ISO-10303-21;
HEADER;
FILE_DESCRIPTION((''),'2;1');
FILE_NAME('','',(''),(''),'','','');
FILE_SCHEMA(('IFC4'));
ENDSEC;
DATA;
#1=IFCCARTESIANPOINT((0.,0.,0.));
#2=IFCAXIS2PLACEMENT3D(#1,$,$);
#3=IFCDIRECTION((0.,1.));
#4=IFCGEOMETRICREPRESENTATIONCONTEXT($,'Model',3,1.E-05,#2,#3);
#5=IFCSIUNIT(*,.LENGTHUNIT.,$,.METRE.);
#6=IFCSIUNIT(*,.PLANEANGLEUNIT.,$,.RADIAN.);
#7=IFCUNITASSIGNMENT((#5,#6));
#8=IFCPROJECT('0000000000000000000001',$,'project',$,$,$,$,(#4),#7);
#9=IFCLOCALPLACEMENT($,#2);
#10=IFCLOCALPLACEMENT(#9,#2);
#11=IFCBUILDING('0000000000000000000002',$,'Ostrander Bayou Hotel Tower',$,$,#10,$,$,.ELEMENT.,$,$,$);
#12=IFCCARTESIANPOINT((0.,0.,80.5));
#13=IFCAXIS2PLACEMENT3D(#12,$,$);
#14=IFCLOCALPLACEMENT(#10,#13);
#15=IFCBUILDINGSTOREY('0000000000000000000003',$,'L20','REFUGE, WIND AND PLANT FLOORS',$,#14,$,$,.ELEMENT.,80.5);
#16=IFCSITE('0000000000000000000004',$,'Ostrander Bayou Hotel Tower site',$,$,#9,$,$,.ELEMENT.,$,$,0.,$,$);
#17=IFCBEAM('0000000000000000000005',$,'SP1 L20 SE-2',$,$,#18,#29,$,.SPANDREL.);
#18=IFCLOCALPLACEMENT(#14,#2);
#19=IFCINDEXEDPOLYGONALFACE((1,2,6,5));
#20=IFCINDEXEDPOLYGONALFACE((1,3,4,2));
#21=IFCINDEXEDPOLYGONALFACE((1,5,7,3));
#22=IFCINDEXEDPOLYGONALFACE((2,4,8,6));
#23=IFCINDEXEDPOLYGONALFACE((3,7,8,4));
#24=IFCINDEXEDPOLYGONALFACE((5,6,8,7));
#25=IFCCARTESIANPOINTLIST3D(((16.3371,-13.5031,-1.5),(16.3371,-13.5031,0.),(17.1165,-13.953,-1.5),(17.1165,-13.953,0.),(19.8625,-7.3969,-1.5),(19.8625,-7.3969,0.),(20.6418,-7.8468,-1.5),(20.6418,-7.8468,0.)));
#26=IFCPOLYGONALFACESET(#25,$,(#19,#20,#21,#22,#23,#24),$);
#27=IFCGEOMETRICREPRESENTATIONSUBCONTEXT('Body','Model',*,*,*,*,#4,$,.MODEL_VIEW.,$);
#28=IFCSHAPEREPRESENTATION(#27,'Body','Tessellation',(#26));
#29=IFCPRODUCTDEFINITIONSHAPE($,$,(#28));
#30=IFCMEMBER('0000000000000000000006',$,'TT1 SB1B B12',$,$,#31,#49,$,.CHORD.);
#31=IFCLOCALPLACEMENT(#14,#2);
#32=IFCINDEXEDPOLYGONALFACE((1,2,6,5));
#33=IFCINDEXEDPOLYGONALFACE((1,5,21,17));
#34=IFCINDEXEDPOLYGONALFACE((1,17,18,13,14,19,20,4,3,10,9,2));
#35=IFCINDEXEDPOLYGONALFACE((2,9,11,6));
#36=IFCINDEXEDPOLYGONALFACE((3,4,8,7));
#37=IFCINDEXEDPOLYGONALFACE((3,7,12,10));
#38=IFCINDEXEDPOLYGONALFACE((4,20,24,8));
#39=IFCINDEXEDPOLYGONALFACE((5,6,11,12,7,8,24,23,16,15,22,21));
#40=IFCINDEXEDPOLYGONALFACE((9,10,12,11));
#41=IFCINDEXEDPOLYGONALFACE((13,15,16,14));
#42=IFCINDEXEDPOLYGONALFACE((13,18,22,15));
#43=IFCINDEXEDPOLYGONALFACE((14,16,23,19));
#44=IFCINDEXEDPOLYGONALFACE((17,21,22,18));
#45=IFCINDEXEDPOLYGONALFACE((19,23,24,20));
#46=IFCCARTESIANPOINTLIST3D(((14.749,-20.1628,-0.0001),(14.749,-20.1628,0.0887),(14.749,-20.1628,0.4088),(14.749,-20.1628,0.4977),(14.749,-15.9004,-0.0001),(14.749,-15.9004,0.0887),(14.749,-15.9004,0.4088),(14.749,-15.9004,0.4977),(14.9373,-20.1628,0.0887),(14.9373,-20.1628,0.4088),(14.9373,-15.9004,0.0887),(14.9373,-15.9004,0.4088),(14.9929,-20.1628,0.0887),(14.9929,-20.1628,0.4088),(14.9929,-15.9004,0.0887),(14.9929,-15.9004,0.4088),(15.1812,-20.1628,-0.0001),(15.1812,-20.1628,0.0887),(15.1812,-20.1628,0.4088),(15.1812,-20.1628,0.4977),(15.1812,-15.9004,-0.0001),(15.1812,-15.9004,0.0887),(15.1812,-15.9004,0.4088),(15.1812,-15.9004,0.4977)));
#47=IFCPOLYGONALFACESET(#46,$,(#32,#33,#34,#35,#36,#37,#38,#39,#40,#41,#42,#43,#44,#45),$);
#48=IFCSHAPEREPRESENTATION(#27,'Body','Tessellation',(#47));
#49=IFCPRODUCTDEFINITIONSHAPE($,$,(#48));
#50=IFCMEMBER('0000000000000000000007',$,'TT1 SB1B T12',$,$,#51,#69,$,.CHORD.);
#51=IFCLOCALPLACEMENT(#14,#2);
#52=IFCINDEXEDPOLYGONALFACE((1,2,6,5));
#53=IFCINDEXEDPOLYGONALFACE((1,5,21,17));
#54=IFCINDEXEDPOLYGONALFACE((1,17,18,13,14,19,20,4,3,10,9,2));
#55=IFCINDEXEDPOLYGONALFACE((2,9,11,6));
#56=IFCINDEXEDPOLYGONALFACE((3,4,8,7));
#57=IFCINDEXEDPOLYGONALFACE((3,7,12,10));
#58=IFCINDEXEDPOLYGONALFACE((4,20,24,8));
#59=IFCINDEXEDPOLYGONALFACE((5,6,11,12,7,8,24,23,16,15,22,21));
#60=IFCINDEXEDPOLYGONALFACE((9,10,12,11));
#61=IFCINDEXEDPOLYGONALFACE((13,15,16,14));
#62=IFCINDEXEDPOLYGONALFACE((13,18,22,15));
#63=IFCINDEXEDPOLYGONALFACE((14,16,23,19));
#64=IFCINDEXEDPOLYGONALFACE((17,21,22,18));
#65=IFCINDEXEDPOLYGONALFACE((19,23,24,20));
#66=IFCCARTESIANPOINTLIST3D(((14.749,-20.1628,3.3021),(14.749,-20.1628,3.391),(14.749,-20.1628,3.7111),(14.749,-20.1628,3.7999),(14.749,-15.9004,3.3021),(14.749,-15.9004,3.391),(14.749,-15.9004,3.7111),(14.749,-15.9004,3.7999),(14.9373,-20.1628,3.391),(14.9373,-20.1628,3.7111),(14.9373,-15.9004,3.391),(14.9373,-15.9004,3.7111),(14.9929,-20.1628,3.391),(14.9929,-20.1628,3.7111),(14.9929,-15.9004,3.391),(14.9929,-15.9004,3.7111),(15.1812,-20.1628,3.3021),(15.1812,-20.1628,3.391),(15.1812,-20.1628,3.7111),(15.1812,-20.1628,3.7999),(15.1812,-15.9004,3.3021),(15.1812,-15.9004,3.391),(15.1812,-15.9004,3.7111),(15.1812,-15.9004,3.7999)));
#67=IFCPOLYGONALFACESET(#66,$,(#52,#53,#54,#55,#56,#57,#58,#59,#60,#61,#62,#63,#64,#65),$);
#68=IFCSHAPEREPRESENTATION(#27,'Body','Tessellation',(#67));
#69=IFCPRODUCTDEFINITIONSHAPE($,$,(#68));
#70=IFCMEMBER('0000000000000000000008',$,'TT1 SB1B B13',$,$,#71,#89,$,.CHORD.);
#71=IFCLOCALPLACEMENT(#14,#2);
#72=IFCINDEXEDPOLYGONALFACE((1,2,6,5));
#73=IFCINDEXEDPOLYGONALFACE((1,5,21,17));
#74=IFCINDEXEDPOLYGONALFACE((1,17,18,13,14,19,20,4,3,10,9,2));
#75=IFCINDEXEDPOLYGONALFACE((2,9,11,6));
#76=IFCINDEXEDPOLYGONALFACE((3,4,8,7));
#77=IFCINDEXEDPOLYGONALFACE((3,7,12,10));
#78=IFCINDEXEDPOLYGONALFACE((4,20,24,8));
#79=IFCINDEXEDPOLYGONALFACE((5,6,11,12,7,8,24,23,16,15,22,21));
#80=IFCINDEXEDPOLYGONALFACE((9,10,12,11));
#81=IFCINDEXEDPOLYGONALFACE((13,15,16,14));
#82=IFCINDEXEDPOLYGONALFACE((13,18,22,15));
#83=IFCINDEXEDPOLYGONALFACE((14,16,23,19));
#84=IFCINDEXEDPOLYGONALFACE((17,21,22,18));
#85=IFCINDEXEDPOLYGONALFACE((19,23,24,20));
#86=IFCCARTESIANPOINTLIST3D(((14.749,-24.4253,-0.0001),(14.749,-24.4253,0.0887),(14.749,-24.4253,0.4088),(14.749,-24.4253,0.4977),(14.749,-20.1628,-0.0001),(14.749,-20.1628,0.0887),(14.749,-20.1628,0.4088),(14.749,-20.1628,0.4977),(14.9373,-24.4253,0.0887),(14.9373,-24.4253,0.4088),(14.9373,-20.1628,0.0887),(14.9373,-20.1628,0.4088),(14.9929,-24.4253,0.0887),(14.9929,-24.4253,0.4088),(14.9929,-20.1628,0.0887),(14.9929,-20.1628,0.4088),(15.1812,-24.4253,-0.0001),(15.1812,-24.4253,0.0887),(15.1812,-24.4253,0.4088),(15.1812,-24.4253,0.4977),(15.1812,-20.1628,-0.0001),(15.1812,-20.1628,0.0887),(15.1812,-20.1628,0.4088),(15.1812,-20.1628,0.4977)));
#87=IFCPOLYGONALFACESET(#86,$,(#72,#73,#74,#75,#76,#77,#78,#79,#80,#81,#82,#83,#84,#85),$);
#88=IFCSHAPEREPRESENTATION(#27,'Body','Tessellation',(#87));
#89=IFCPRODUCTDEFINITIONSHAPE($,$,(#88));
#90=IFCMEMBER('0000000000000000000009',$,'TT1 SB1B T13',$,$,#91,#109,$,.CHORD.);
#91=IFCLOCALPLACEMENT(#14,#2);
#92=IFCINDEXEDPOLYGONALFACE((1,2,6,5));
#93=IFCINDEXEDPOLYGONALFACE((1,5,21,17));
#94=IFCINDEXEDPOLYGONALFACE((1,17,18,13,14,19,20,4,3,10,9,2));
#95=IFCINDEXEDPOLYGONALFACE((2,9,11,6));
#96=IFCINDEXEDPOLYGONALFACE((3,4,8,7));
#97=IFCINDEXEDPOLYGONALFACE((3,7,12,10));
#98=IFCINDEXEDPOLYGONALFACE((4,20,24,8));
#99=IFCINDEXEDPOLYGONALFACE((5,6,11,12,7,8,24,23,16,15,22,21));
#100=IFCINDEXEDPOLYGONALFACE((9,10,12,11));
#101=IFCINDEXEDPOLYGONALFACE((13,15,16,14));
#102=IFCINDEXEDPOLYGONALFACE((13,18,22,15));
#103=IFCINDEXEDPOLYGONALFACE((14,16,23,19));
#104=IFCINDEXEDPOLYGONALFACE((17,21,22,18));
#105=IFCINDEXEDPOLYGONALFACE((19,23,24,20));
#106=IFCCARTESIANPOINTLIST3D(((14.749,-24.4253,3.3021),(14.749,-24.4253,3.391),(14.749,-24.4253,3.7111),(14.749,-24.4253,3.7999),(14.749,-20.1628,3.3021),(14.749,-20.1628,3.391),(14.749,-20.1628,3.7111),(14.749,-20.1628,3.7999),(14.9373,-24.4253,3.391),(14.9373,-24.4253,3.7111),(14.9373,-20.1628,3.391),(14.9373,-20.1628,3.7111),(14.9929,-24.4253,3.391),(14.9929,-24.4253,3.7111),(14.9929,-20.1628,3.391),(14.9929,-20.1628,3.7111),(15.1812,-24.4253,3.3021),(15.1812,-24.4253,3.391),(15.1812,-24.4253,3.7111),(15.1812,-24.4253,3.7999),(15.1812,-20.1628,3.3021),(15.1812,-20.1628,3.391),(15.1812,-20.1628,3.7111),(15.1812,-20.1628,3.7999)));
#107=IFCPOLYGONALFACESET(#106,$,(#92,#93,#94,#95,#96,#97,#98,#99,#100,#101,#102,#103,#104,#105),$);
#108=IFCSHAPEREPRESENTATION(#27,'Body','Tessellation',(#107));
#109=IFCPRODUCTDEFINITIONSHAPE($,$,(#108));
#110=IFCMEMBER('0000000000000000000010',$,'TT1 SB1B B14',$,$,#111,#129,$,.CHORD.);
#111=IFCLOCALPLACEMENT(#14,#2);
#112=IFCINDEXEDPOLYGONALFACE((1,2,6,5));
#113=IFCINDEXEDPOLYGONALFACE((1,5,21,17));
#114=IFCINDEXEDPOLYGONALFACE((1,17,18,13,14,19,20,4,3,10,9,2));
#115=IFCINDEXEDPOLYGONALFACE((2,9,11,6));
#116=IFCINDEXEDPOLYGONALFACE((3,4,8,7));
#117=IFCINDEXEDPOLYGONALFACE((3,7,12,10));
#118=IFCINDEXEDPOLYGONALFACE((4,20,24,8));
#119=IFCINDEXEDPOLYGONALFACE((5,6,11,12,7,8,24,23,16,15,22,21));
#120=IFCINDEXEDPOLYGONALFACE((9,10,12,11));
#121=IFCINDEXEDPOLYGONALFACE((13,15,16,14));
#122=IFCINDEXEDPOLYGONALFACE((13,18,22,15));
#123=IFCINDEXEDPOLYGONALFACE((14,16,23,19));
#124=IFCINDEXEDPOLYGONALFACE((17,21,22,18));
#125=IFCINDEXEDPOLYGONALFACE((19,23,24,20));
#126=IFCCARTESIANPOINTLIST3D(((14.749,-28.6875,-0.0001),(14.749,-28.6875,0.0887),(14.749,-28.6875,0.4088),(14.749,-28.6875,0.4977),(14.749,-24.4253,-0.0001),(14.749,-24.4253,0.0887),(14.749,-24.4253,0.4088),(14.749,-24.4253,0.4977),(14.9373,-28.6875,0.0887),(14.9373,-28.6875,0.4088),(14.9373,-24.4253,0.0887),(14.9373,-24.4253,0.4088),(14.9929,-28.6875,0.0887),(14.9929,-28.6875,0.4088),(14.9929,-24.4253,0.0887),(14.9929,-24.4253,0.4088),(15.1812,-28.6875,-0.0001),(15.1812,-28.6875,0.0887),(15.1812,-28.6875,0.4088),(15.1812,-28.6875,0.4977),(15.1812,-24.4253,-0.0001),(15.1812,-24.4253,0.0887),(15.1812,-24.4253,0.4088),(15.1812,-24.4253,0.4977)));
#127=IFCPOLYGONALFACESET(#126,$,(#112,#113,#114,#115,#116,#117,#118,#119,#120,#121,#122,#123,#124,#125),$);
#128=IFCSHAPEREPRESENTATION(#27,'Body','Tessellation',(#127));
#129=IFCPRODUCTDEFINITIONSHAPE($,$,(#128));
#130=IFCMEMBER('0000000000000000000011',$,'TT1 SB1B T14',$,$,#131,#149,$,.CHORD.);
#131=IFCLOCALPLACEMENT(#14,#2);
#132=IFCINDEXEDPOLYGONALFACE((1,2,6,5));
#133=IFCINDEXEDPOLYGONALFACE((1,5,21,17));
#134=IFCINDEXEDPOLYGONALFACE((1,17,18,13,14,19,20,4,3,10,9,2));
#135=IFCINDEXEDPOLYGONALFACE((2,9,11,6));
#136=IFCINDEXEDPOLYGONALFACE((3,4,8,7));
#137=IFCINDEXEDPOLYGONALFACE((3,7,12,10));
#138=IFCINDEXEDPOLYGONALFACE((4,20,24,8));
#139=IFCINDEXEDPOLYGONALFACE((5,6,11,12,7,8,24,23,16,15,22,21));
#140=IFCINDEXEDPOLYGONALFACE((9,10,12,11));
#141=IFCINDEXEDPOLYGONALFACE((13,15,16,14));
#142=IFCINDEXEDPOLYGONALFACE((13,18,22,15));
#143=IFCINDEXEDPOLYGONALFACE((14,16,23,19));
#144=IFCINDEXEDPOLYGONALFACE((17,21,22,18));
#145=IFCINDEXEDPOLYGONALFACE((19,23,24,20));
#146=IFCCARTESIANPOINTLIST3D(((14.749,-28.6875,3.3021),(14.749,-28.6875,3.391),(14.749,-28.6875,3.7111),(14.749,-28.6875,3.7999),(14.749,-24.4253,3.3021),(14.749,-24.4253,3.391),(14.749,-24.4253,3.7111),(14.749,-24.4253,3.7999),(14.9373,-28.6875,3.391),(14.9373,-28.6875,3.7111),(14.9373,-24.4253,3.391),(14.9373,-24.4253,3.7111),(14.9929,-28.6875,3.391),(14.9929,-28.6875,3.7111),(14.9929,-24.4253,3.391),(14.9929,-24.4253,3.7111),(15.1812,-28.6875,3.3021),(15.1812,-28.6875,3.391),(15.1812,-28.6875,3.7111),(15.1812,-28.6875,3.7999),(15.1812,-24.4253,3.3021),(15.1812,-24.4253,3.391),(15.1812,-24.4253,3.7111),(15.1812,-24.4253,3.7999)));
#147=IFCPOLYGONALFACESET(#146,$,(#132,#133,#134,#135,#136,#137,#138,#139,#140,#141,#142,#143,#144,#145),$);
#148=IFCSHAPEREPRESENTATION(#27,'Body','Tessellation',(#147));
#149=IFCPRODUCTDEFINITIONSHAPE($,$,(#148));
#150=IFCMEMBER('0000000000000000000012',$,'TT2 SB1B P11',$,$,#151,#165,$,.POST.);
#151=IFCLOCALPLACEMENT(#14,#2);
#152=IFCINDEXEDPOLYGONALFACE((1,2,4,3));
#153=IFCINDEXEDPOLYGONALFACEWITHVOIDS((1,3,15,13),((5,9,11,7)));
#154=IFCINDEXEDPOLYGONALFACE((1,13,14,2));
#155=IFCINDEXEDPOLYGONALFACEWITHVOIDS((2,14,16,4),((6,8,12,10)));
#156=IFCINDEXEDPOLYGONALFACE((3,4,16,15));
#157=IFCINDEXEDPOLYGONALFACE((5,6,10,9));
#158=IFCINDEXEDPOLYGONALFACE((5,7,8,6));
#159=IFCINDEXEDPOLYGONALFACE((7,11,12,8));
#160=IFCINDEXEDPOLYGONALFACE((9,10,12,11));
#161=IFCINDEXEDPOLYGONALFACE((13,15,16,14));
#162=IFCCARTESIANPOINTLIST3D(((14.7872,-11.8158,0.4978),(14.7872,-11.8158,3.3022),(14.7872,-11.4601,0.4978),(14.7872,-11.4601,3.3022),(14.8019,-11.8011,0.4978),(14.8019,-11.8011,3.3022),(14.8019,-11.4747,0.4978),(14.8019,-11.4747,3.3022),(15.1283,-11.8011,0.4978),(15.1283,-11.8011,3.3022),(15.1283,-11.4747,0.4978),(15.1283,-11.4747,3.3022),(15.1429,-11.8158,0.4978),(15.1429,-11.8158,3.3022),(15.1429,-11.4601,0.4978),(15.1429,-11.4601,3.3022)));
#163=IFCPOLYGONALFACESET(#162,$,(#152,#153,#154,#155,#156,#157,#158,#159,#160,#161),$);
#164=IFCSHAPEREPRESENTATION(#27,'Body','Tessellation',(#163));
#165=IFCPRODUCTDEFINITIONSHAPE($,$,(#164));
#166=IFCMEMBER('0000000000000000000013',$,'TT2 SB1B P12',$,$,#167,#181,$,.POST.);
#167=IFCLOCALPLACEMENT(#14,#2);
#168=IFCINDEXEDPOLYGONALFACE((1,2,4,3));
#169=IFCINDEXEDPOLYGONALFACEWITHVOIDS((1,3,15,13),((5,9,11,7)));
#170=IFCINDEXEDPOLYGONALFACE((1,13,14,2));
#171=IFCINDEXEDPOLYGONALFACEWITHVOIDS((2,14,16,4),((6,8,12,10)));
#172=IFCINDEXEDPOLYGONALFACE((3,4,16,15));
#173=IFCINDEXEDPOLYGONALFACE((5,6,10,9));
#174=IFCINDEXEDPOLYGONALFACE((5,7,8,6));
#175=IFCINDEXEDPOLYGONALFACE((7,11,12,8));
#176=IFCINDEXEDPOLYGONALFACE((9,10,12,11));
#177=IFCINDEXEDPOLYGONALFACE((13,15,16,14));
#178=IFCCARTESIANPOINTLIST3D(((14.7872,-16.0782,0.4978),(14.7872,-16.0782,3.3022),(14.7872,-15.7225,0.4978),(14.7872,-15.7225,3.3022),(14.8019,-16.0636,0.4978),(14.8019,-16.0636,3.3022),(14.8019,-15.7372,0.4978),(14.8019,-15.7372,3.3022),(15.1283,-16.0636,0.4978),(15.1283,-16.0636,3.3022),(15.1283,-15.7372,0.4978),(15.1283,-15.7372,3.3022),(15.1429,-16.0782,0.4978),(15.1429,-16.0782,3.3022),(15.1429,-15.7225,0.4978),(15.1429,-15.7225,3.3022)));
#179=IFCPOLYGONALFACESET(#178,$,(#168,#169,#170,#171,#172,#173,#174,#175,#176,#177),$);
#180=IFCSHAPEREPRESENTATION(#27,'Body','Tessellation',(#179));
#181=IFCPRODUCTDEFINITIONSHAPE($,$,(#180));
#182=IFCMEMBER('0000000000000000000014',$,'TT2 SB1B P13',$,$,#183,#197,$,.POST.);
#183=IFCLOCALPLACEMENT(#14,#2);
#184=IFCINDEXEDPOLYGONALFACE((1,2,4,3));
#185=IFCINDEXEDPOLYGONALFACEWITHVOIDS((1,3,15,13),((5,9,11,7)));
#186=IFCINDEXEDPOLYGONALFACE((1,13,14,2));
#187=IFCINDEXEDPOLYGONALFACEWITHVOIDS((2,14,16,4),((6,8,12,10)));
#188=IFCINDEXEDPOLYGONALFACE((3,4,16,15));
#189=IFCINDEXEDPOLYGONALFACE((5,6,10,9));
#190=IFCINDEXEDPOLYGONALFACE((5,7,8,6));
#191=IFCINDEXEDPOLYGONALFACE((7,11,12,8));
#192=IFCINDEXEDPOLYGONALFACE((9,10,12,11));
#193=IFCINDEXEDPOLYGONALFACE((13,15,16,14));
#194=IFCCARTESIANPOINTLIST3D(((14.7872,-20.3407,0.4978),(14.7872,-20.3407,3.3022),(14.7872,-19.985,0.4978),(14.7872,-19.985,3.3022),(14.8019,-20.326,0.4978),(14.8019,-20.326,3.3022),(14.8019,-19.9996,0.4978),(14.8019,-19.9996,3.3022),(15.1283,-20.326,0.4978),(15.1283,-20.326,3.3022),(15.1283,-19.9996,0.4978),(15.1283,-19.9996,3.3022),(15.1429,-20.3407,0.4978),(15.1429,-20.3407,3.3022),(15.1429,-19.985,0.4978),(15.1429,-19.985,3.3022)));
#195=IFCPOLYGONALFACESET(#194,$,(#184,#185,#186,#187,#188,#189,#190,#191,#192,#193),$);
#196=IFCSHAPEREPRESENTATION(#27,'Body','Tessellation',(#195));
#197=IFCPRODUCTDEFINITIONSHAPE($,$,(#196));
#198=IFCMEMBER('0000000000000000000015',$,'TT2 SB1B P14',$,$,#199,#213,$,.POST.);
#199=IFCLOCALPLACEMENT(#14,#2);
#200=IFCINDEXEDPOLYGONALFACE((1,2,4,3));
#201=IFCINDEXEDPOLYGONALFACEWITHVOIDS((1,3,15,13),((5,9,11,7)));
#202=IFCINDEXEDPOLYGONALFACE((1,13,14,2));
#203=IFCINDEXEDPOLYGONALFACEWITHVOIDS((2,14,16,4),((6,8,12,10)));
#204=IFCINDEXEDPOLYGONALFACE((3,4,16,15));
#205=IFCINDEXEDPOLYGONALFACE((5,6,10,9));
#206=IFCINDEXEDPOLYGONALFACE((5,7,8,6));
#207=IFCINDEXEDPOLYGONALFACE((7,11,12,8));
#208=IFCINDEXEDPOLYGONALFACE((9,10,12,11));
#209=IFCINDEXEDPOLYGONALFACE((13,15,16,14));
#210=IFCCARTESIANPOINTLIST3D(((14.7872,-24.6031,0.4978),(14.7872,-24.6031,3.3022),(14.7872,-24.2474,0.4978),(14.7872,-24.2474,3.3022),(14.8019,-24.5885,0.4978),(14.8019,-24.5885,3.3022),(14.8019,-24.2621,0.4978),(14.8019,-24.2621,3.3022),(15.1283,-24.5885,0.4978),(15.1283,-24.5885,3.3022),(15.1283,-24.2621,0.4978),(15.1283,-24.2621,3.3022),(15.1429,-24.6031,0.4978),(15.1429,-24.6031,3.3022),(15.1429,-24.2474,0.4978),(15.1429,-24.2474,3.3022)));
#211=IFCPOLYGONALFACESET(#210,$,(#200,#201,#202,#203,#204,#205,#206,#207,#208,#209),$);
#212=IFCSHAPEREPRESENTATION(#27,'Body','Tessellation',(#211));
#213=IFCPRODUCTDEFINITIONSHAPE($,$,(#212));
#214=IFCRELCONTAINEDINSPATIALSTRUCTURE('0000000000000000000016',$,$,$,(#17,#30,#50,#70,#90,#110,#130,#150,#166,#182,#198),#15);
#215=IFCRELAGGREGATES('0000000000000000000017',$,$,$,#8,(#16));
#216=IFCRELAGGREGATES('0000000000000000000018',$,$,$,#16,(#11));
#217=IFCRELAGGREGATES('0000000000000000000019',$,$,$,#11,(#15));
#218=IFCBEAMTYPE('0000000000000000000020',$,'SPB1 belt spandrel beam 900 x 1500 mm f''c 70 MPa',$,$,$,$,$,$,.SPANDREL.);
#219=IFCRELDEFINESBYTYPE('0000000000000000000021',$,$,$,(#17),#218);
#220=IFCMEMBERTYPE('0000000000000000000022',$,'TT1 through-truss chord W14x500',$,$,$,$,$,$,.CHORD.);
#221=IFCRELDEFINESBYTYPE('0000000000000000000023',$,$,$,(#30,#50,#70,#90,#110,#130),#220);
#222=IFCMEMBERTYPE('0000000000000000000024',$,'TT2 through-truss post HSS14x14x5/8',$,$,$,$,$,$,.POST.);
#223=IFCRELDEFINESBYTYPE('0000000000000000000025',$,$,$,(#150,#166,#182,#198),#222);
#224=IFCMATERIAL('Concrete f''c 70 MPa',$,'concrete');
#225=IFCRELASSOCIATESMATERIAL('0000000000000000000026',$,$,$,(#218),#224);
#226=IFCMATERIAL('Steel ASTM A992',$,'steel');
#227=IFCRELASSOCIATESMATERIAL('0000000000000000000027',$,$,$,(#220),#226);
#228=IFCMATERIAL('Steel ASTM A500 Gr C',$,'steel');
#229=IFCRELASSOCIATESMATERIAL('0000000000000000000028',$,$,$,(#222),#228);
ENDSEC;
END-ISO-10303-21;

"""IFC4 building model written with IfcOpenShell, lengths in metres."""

from ifc_helpers import new_model, si_unit, direction, frame, origin, origin_2d, place, context, subcontext, project, spatial, rectangle, hollow_rectangle, i_section, extrude, material, material_profile, profile_set, type_object, element, save


model = new_model("IFC4")

# Units and contexts
model_context = context("Model", 3, precision=1e-05, world=origin(), true_north=direction((0.0, 1.0)))
body_context = subcontext(model_context, "Body", "Model", "MODEL_VIEW")
ifc_project = project(units=[si_unit("LENGTHUNIT", "METRE"), si_unit("PLANEANGLEUNIT", "RADIAN")], contexts=[model_context])

# Site, building, storey
site_placement = place(None, origin())
site = spatial("IfcSite", under=ifc_project, at=site_placement, Name="Ostrander Bayou Hotel Tower site", CompositionType="ELEMENT", RefElevation=0.0)
building_placement = place(site_placement, origin())
building = spatial("IfcBuilding", under=site, at=building_placement, Name="Ostrander Bayou Hotel Tower", CompositionType="ELEMENT")
storey_placement = place(building_placement, frame((0.0, 0.0, 80.5)))
storey = spatial("IfcBuildingStorey", under=building, at=storey_placement, Name="L20", Description="REFUGE, WIND AND PLANT FLOORS", CompositionType="ELEMENT", Elevation=80.5)

# Beam
ifc_material_1 = material(Name="Concrete f'c 70 MPa", Category="concrete")
ifc_material_profile_1 = material_profile(ifc_material_1, rectangle(XDim=0.8999, YDim=1.5, at=origin_2d()))
ifc_profile_set_1 = profile_set([ifc_material_profile_1], Name="Concrete f'c 70 MPa")
beam_type_1 = type_object("IfcBeamType", Name="SPB1 belt spandrel beam 900 x 1500 mm f'c 70 MPa", PredefinedType="SPANDREL", material=ifc_profile_set_1)
beam_1_placement = place(storey_placement, frame((16.7268, -13.728, -0.75), z_axis=(0.499997, 0.866027, 0.0), x_axis=(-0.866027, 0.499997, 0.0)))
element("IfcBeam", 1, at=beam_1_placement, inside=storey, type_object=beam_type_1, Name="SP1 L20 SE-2", PredefinedType="SPANDREL", context=body_context, shape_type="SweptSolid", body=[
    extrude(rectangle(XDim=0.8999, YDim=1.5, at=origin_2d()), origin(), (0.0, 0.0, 1.0), 7.0508),
])

# Members
ifc_material_2 = material(Name="Steel ASTM A992", Category="steel")
ifc_material_profile_2 = material_profile(ifc_material_2, i_section(OverallWidth=0.4321, OverallDepth=0.4978, WebThickness=0.0557, FlangeThickness=0.0889, at=origin_2d()))
ifc_profile_set_2 = profile_set([ifc_material_profile_2], Name="Steel ASTM A992")
member_type_1 = type_object("IfcMemberType", Name="TT1 through-truss chord W14x500", PredefinedType="CHORD", material=ifc_profile_set_2)
for number, where, z_axis, x_axis, name in (
    (2, (14.9651, -15.9004, 0.2488), (0.0, -1.0, 0.0), (1.0, 0.0, 0.0), "TT1 SB1B B12"),
    (3, (14.9651, -15.9004, 3.551), (0.0, -1.0, 0.0), (1.0, 0.0, 0.0), "TT1 SB1B T12"),
    (4, (14.9651, -20.1628, 0.2488), (0.0, -1.0, 0.0), (1.0, 0.0, 0.0), "TT1 SB1B B13"),
    (5, (14.9651, -20.1628, 3.551), (0.0, -1.0, 0.0), (1.0, 0.0, 0.0), "TT1 SB1B T13"),
):
    element("IfcMember", number, at=place(storey_placement, frame(where, z_axis=z_axis, x_axis=x_axis)), inside=storey, type_object=member_type_1, Name=name, PredefinedType="CHORD", context=body_context, shape_type="SweptSolid", body=[
        extrude(i_section(OverallWidth=0.4321, OverallDepth=0.4978, WebThickness=0.0557, FlangeThickness=0.0889, at=origin_2d()), origin(), (0.0, 0.0, 1.0), 4.2625),
    ])
for number, where, z_axis, x_axis, name in (
    (6, (14.9651, -24.4253, 0.2488), (0.0, -1.0, 0.0), (1.0, 0.0, 0.0), "TT1 SB1B B14"),
    (7, (14.9651, -24.4253, 3.551), (0.0, -1.0, 0.0), (1.0, 0.0, 0.0), "TT1 SB1B T14"),
):
    element("IfcMember", number, at=place(storey_placement, frame(where, z_axis=z_axis, x_axis=x_axis)), inside=storey, type_object=member_type_1, Name=name, PredefinedType="CHORD", context=body_context, shape_type="SweptSolid", body=[
        extrude(i_section(OverallWidth=0.4321, OverallDepth=0.4978, WebThickness=0.0557, FlangeThickness=0.0889, at=origin_2d()), origin(), (0.0, 0.0, 1.0), 4.2622),
    ])
ifc_material_3 = material(Name="Steel ASTM A500 Gr C", Category="steel")
ifc_material_profile_3 = material_profile(ifc_material_3, hollow_rectangle(XDim=0.3557, YDim=0.3557, WallThickness=0.0146, at=origin_2d()))
ifc_profile_set_3 = profile_set([ifc_material_profile_3], Name="Steel ASTM A500 Gr C")
member_type_2 = type_object("IfcMemberType", Name="TT2 through-truss post HSS14x14x5/8", PredefinedType="POST", material=ifc_profile_set_3)
for number, where, z_axis, x_axis, name in (
    (8, (14.9651, -11.6379, 0.4978), (0.0, 0.0, 1.0), (1.0, 0.0, 0.0), "TT2 SB1B P11"),
    (9, (14.9651, -15.9004, 0.4978), (0.0, 0.0, 1.0), (1.0, 0.0, 0.0), "TT2 SB1B P12"),
    (10, (14.9651, -20.1628, 0.4978), (0.0, 0.0, 1.0), (1.0, 0.0, 0.0), "TT2 SB1B P13"),
    (11, (14.9651, -24.4253, 0.4978), (0.0, 0.0, 1.0), (1.0, 0.0, 0.0), "TT2 SB1B P14"),
):
    element("IfcMember", number, at=place(storey_placement, frame(where, z_axis=z_axis, x_axis=x_axis)), inside=storey, type_object=member_type_2, Name=name, PredefinedType="POST", context=body_context, shape_type="SweptSolid", body=[
        extrude(hollow_rectangle(XDim=0.3557, YDim=0.3557, WallThickness=0.0146, at=origin_2d()), origin(), (0.0, 0.0, 1.0), 2.8044),
    ])

save(model, "model.ifc")
